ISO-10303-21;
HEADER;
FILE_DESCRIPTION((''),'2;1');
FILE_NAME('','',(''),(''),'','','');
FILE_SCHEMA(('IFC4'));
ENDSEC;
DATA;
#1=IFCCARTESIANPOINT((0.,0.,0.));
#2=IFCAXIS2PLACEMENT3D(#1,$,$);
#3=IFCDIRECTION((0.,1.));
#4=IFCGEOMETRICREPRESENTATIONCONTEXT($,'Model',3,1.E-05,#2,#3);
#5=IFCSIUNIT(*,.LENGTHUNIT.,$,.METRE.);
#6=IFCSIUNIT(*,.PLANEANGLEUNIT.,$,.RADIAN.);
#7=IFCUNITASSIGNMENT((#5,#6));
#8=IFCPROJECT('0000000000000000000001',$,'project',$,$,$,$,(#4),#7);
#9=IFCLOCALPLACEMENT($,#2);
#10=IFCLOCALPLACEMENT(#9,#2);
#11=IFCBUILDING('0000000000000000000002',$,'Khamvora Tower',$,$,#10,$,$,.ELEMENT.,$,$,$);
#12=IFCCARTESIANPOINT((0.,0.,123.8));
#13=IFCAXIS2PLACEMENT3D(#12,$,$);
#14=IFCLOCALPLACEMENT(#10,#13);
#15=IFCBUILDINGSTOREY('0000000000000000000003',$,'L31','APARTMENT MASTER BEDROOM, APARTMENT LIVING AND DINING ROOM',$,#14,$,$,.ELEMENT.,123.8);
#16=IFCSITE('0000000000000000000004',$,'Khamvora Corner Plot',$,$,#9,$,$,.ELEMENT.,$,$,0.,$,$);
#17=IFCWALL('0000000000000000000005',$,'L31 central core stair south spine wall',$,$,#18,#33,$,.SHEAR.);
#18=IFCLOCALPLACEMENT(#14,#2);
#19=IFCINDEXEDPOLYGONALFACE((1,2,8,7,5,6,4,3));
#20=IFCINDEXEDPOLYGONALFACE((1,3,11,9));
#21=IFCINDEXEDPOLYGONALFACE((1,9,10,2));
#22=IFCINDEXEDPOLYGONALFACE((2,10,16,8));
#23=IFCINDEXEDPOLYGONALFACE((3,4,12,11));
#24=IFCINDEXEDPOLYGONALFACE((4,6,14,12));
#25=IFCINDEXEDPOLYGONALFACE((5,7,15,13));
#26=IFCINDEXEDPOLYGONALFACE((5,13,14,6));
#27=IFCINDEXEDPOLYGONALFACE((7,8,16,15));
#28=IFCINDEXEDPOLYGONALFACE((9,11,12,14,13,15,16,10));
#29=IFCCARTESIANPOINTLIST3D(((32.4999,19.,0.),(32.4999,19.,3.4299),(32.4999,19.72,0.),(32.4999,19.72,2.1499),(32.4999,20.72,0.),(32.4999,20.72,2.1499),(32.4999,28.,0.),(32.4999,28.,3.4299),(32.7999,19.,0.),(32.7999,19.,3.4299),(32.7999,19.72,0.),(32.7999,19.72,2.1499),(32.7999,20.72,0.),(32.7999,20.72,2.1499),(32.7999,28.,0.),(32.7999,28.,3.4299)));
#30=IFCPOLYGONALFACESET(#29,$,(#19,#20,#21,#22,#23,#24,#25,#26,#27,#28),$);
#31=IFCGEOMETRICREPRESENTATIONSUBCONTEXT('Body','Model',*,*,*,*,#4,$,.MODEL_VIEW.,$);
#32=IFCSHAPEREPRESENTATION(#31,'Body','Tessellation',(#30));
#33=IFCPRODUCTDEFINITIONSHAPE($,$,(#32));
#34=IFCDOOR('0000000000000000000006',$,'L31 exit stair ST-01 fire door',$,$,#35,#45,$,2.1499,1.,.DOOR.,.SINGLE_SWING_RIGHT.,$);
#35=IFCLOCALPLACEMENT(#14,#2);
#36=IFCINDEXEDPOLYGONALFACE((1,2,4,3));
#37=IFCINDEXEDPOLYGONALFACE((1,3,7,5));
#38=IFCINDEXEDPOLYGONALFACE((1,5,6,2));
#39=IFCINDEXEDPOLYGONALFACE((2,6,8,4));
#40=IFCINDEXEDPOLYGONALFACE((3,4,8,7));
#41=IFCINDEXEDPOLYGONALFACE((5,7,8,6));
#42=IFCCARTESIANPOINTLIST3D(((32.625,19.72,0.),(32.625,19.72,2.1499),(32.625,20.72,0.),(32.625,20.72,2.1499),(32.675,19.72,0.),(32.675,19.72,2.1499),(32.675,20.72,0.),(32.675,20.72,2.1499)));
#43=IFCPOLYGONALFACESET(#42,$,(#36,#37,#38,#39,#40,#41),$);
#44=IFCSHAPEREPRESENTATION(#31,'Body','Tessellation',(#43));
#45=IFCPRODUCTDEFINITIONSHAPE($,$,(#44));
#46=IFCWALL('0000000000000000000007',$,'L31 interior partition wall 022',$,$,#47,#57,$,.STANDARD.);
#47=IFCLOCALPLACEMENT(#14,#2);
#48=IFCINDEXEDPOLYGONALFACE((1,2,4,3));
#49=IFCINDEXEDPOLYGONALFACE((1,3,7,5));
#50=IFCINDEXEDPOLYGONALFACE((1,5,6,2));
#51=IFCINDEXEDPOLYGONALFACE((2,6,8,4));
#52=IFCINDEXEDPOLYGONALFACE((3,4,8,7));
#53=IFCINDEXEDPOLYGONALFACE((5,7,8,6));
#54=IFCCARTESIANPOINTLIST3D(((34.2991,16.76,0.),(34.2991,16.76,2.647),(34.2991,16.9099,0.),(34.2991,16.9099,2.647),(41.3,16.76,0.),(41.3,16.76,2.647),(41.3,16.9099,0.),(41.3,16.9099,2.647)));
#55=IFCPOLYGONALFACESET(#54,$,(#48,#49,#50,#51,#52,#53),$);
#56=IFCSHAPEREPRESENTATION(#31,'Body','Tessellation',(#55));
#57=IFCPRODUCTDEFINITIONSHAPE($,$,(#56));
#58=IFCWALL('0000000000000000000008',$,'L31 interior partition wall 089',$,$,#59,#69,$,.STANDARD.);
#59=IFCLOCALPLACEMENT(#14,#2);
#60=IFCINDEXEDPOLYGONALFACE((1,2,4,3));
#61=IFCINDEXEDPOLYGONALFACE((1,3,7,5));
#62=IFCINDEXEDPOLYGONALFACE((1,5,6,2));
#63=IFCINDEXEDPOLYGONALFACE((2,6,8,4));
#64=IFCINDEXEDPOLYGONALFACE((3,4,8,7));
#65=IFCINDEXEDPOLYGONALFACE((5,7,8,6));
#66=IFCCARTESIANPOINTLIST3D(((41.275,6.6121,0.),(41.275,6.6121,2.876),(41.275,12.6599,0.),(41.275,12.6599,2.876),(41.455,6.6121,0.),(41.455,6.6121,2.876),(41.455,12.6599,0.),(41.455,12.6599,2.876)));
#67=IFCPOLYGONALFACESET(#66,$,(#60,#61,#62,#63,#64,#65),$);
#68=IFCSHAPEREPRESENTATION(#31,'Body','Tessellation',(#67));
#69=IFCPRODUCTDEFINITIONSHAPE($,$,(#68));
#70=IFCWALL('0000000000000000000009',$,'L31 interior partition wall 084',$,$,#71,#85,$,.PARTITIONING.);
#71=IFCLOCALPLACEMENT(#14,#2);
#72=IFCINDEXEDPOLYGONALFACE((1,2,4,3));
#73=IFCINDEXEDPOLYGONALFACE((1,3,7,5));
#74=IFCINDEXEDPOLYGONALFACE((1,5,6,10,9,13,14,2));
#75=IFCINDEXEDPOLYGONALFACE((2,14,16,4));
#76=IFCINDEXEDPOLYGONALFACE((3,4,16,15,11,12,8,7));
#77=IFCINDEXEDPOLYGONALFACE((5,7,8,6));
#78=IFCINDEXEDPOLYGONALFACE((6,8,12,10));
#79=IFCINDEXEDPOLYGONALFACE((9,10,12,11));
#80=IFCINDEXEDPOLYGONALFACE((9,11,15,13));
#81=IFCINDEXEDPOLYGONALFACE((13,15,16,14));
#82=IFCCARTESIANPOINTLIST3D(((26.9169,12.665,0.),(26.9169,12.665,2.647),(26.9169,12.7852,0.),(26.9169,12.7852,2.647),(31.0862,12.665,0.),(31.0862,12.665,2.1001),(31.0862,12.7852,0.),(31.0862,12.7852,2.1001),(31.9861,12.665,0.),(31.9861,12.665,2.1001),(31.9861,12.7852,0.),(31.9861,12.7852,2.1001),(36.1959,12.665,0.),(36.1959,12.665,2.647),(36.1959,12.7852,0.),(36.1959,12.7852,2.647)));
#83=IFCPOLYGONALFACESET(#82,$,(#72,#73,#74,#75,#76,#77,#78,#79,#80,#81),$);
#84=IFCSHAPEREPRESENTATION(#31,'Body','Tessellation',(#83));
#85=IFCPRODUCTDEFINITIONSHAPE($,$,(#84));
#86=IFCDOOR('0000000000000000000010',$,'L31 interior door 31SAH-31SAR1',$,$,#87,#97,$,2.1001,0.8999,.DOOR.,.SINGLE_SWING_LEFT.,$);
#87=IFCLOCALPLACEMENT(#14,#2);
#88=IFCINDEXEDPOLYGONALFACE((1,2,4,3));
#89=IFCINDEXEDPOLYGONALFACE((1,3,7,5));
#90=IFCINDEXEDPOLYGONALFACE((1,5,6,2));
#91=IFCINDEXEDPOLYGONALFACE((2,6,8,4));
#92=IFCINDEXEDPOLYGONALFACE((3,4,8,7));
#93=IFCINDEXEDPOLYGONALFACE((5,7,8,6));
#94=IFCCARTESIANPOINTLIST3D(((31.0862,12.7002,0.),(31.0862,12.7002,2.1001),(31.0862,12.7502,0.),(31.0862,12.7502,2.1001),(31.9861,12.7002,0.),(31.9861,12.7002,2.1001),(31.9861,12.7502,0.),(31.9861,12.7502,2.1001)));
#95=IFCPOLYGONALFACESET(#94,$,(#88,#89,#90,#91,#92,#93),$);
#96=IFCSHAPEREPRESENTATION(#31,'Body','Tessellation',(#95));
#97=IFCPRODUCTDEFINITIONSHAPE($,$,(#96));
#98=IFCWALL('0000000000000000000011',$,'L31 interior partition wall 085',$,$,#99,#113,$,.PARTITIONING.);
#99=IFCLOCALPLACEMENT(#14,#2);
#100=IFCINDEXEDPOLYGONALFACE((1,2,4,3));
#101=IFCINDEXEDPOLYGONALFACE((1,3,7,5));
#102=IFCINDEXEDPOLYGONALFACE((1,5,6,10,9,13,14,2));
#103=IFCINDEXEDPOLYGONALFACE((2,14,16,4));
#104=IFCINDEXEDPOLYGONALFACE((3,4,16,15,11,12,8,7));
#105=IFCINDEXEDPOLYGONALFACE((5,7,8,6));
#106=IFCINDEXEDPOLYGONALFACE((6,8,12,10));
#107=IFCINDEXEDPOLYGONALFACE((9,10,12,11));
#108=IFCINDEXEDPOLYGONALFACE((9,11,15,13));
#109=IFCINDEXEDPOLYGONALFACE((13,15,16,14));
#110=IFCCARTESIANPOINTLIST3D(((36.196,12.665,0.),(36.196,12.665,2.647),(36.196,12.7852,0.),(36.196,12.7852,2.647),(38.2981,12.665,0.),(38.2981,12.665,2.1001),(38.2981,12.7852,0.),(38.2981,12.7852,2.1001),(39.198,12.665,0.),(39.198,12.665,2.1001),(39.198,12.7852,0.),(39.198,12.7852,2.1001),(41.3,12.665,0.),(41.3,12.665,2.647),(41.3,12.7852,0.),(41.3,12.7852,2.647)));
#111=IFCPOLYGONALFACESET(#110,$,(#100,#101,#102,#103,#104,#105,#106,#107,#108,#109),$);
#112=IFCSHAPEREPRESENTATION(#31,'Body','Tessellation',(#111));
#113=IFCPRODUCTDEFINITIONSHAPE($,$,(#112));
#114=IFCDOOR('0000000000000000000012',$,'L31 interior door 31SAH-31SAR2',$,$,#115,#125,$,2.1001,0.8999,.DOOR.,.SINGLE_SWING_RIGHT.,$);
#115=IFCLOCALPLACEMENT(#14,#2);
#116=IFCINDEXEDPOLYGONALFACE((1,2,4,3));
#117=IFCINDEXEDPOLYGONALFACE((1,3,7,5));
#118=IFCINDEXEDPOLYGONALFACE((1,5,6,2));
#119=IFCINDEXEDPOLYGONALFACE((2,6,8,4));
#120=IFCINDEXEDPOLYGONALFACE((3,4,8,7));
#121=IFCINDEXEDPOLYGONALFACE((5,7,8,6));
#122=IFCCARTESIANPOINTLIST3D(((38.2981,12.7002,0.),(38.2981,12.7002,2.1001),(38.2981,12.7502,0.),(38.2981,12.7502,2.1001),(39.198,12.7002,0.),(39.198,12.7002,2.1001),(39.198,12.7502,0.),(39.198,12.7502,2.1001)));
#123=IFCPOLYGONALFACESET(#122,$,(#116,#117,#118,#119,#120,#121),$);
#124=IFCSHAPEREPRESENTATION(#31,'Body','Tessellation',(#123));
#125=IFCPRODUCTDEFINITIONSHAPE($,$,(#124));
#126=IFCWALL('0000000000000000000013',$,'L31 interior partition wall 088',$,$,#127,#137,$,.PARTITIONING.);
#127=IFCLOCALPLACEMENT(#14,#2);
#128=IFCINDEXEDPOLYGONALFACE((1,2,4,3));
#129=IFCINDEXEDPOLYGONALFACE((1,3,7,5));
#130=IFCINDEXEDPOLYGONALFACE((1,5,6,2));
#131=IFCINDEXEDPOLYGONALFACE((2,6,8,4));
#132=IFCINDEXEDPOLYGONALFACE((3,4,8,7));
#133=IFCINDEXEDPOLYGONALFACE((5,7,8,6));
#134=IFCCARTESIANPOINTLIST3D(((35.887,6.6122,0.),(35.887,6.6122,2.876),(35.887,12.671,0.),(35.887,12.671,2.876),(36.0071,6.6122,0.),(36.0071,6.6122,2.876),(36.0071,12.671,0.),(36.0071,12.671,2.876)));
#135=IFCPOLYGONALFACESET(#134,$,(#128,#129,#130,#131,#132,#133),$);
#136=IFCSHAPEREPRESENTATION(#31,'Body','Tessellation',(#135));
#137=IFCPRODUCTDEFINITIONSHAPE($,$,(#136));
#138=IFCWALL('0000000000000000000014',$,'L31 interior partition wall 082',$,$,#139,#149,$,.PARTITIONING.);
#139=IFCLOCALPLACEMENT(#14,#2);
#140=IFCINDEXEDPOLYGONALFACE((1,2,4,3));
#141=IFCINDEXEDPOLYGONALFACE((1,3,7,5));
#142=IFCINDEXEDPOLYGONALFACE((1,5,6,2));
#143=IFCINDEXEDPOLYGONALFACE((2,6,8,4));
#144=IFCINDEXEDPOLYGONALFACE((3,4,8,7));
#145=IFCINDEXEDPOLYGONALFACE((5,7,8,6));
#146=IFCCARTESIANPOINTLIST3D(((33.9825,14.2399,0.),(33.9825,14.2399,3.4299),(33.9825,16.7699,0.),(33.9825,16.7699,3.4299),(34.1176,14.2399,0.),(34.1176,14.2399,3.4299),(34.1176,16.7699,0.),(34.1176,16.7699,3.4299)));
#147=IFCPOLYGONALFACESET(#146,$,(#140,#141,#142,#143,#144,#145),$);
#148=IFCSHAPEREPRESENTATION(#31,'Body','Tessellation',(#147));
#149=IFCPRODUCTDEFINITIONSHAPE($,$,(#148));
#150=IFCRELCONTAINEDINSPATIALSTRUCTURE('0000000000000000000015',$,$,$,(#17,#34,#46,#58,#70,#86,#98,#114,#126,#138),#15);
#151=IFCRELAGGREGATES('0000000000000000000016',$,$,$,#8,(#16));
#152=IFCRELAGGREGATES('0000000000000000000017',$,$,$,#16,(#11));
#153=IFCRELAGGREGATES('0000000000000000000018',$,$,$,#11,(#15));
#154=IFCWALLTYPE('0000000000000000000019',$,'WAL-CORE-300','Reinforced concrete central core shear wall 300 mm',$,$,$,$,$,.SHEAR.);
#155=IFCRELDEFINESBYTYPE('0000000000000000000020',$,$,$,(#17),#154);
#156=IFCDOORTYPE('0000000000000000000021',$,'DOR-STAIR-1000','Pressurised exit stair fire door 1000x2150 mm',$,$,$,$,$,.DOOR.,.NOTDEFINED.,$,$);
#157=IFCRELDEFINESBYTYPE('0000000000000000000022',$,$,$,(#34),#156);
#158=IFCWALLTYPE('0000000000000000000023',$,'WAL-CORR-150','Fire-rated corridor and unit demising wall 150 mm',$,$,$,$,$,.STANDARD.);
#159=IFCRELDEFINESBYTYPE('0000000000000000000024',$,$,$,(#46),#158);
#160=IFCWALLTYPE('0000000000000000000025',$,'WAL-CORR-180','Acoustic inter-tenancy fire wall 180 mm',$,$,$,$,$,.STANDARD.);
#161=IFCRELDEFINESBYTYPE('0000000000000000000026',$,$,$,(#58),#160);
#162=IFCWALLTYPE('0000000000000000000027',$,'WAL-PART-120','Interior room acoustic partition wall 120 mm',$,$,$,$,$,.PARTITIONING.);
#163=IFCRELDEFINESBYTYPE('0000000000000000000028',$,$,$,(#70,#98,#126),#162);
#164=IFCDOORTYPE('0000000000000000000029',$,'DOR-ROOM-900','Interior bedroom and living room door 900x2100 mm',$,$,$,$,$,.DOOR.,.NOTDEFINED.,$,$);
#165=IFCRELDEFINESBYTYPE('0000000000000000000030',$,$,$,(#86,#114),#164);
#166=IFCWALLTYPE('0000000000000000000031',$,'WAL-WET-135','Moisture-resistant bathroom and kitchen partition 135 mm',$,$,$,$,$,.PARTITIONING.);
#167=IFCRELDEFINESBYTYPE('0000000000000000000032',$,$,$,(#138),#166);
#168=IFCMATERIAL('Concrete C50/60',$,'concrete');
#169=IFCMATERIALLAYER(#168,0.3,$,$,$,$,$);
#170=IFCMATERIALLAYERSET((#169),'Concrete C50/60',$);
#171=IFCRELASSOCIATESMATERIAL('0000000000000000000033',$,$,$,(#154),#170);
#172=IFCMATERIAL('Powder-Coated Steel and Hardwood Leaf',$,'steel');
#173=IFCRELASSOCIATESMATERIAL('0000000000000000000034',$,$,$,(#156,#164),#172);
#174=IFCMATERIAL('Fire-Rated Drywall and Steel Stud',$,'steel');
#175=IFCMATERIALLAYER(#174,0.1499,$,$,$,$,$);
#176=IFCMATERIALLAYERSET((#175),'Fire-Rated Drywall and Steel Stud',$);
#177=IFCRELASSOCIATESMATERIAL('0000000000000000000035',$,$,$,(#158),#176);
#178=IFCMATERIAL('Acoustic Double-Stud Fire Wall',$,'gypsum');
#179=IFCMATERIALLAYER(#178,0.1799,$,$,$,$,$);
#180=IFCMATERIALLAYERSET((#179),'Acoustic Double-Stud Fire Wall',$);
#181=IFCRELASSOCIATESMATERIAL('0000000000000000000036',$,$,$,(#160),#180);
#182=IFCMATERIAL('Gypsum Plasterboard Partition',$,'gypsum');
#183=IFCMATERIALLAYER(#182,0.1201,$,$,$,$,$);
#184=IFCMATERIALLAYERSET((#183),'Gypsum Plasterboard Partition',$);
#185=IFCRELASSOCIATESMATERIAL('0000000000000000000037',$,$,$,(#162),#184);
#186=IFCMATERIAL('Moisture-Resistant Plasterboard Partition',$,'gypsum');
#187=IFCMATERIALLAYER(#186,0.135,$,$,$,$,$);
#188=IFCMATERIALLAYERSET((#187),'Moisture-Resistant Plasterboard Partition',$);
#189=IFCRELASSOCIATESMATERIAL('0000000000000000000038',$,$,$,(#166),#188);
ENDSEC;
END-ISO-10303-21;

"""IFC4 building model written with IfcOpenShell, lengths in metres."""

from ifc_helpers import new_model, si_unit, direction, frame, frame_2d, origin, place, context, subcontext, project, spatial, rectangle, extrude, material, layer, layer_set, type_object, element, fill, save


model = new_model("IFC4")

# Units and contexts
model_context = context("Model", 3, precision=1e-05, world=origin(), true_north=direction((0.0, 1.0)))
body_context = subcontext(model_context, "Body", "Model", "MODEL_VIEW")
ifc_project = project(units=[si_unit("LENGTHUNIT", "METRE"), si_unit("PLANEANGLEUNIT", "RADIAN")], contexts=[model_context])

# Site, building, storey
site_placement = place(None, origin())
site = spatial("IfcSite", under=ifc_project, at=site_placement, Name="Khamvora Corner Plot", CompositionType="ELEMENT", RefElevation=0.0)
building_placement = place(site_placement, origin())
building = spatial("IfcBuilding", under=site, at=building_placement, Name="Khamvora Tower", CompositionType="ELEMENT")
storey_placement = place(building_placement, frame((0.0, 0.0, 123.8)))
storey = spatial("IfcBuildingStorey", under=building, at=storey_placement, Name="L31", Description="APARTMENT MASTER BEDROOM, APARTMENT LIVING AND DINING ROOM", CompositionType="ELEMENT", Elevation=123.8)

# Wall, opening, door
ifc_material_1 = material(Name="Concrete C50/60", Category="concrete")
ifc_layer_1 = layer(ifc_material_1, 0.3)
ifc_layer_set_1 = layer_set([ifc_layer_1], Name="Concrete C50/60")
wall_type_1 = type_object("IfcWallType", Name="WAL-CORE-300", Description="Reinforced concrete central core shear wall 300 mm", PredefinedType="SHEAR", material=ifc_layer_set_1)
wall_1_placement = place(storey_placement, frame((32.6499, 19.0, 0.0), z_axis=(0.0, 0.0, 1.0), x_axis=(0.0, 1.0, 0.0)))
wall_1 = element("IfcWall", 1, at=wall_1_placement, inside=storey, type_object=wall_type_1, Name="L31 central core stair south spine wall", PredefinedType="SHEAR", context=body_context, shape_type="SweptSolid", body=[
    extrude(rectangle(XDim=9.0, YDim=0.3, at=frame_2d((4.5, 0.0))), origin(), (0.0, 0.0, 1.0), 3.4299),
])
opening_1_placement = place(wall_1_placement, frame((0.72, 0.0, 0.0)))
opening_1 = element("IfcOpeningElement", 2, at=opening_1_placement, cuts=wall_1, PredefinedType="OPENING", context=body_context, shape_type="SweptSolid", body=[
    extrude(rectangle(XDim=1.0, YDim=2.1499, at=frame_2d((0.5, 1.075))), frame((0.0, 0.1599, 0.0), z_axis=(0.0, -1.0, 0.0), x_axis=(1.0, 0.0, 0.0)), (0.0, 0.0, 1.0), 0.3201),
])
ifc_material_2 = material(Name="Powder-Coated Steel and Hardwood Leaf", Category="steel")
door_type_1 = type_object("IfcDoorType", Name="DOR-STAIR-1000", Description="Pressurised exit stair fire door 1000x2150 mm", OperationType="NOTDEFINED", PredefinedType="DOOR", material=ifc_material_2)
door_1_placement = place(opening_1_placement, origin())
door_1 = element("IfcDoor", 3, at=door_1_placement, inside=storey, type_object=door_type_1, Name="L31 exit stair ST-01 fire door", OperationType="SINGLE_SWING_RIGHT", OverallHeight=2.1499, OverallWidth=1.0, PredefinedType="DOOR", context=body_context, shape_type="SweptSolid", body=[
    extrude(rectangle(XDim=1.0, YDim=2.1499, at=frame_2d((0.5, 1.075))), frame((0.0, 0.0249, 0.0), z_axis=(0.0, -1.0, 0.0), x_axis=(1.0, 0.0, 0.0)), (0.0, 0.0, 1.0), 0.05),
])
fill(opening_1, door_1)
ifc_material_3 = material(Name="Fire-Rated Drywall and Steel Stud", Category="steel")
ifc_layer_2 = layer(ifc_material_3, 0.1499)
ifc_layer_set_2 = layer_set([ifc_layer_2], Name="Fire-Rated Drywall and Steel Stud")
wall_type_2 = type_object("IfcWallType", Name="WAL-CORR-150", Description="Fire-rated corridor and unit demising wall 150 mm", PredefinedType="STANDARD", material=ifc_layer_set_2)

# Walls
wall_2_placement = place(storey_placement, frame((41.3, 16.835, 0.0), z_axis=(0.0, 0.0, 1.0), x_axis=(-1.0, 0.0, 0.0)))
element("IfcWall", 4, at=wall_2_placement, inside=storey, type_object=wall_type_2, Name="L31 interior partition wall 022", PredefinedType="STANDARD", context=body_context, shape_type="SweptSolid", body=[
    extrude(rectangle(XDim=7.001, YDim=0.1499, at=frame_2d((3.5005, 0.0))), origin(), (0.0, 0.0, 1.0), 2.647),
])
ifc_material_4 = material(Name="Acoustic Double-Stud Fire Wall", Category="gypsum")
ifc_layer_3 = layer(ifc_material_4, 0.1799)
ifc_layer_set_3 = layer_set([ifc_layer_3], Name="Acoustic Double-Stud Fire Wall")
wall_type_3 = type_object("IfcWallType", Name="WAL-CORR-180", Description="Acoustic inter-tenancy fire wall 180 mm", PredefinedType="STANDARD", material=ifc_layer_set_3)
wall_3_placement = place(storey_placement, frame((41.365, 12.6599, 0.0), z_axis=(0.0, 0.0, 1.0), x_axis=(0.0, -1.0, 0.0)))
element("IfcWall", 5, at=wall_3_placement, inside=storey, type_object=wall_type_3, Name="L31 interior partition wall 089", PredefinedType="STANDARD", context=body_context, shape_type="SweptSolid", body=[
    extrude(rectangle(XDim=6.0479, YDim=0.1799, at=frame_2d((3.0239, 0.0))), origin(), (0.0, 0.0, 1.0), 2.876),
])

# Walls, openings, doors
ifc_material_5 = material(Name="Gypsum Plasterboard Partition", Category="gypsum")
ifc_layer_4 = layer(ifc_material_5, 0.1201)
ifc_layer_set_4 = layer_set([ifc_layer_4], Name="Gypsum Plasterboard Partition")
wall_type_4 = type_object("IfcWallType", Name="WAL-PART-120", Description="Interior room acoustic partition wall 120 mm", PredefinedType="PARTITIONING", material=ifc_layer_set_4)
wall_4_placement = place(storey_placement, frame((36.196, 12.7251, 0.0), z_axis=(0.0, 0.0, 1.0), x_axis=(-1.0, 0.0, 0.0)))
wall_4 = element("IfcWall", 6, at=wall_4_placement, inside=storey, type_object=wall_type_4, Name="L31 interior partition wall 084", PredefinedType="PARTITIONING", context=body_context, shape_type="SweptSolid", body=[
    extrude(rectangle(XDim=9.2791, YDim=0.1201, at=frame_2d((4.6396, 0.0))), origin(), (0.0, 0.0, 1.0), 2.647),
])
opening_2_placement = place(wall_4_placement, frame((4.21, 0.0, 0.0)))
opening_2 = element("IfcOpeningElement", 7, at=opening_2_placement, cuts=wall_4, PredefinedType="OPENING", context=body_context, shape_type="SweptSolid", body=[
    extrude(rectangle(XDim=0.8999, YDim=2.1001, at=frame_2d((0.45, 1.05))), frame((0.0, 0.0701, 0.0), z_axis=(0.0, -1.0, 0.0), x_axis=(1.0, 0.0, 0.0)), (0.0, 0.0, 1.0), 0.1401),
])
door_type_2 = type_object("IfcDoorType", Name="DOR-ROOM-900", Description="Interior bedroom and living room door 900x2100 mm", OperationType="NOTDEFINED", PredefinedType="DOOR", material=ifc_material_2)
door_2_placement = place(opening_2_placement, origin())
door_2 = element("IfcDoor", 8, at=door_2_placement, inside=storey, type_object=door_type_2, Name="L31 interior door 31SAH-31SAR1", OperationType="SINGLE_SWING_LEFT", OverallHeight=2.1001, OverallWidth=0.8999, PredefinedType="DOOR", context=body_context, shape_type="SweptSolid", body=[
    extrude(rectangle(XDim=0.8999, YDim=2.1001, at=frame_2d((0.45, 1.05))), frame((0.0, 0.0249, 0.0), z_axis=(0.0, -1.0, 0.0), x_axis=(1.0, 0.0, 0.0)), (0.0, 0.0, 1.0), 0.05),
])
fill(opening_2, door_2)
wall_5_placement = place(storey_placement, frame((41.3, 12.7251, 0.0), z_axis=(0.0, 0.0, 1.0), x_axis=(-1.0, 0.0, 0.0)))
wall_5 = element("IfcWall", 9, at=wall_5_placement, inside=storey, type_object=wall_type_4, Name="L31 interior partition wall 085", PredefinedType="PARTITIONING", context=body_context, shape_type="SweptSolid", body=[
    extrude(rectangle(XDim=5.104, YDim=0.1201, at=frame_2d((2.552, 0.0))), origin(), (0.0, 0.0, 1.0), 2.647),
])
opening_3_placement = place(wall_5_placement, frame((2.1021, 0.0, 0.0)))
opening_3 = element("IfcOpeningElement", 10, at=opening_3_placement, cuts=wall_5, PredefinedType="OPENING", context=body_context, shape_type="SweptSolid", body=[
    extrude(rectangle(XDim=0.8999, YDim=2.1001, at=frame_2d((0.45, 1.05))), frame((0.0, 0.0701, 0.0), z_axis=(0.0, -1.0, 0.0), x_axis=(1.0, 0.0, 0.0)), (0.0, 0.0, 1.0), 0.1401),
])
door_3_placement = place(opening_3_placement, origin())
door_3 = element("IfcDoor", 11, at=door_3_placement, inside=storey, type_object=door_type_2, Name="L31 interior door 31SAH-31SAR2", OperationType="SINGLE_SWING_RIGHT", OverallHeight=2.1001, OverallWidth=0.8999, PredefinedType="DOOR", context=body_context, shape_type="SweptSolid", body=[
    extrude(rectangle(XDim=0.8999, YDim=2.1001, at=frame_2d((0.45, 1.05))), frame((0.0, 0.0249, 0.0), z_axis=(0.0, -1.0, 0.0), x_axis=(1.0, 0.0, 0.0)), (0.0, 0.0, 1.0), 0.05),
])
fill(opening_3, door_3)

# Walls
wall_6_placement = place(storey_placement, frame((35.947, 12.6709, 0.0), z_axis=(0.0, 0.0, 1.0), x_axis=(0.0, -1.0, 0.0)))
element("IfcWall", 12, at=wall_6_placement, inside=storey, type_object=wall_type_4, Name="L31 interior partition wall 088", PredefinedType="PARTITIONING", context=body_context, shape_type="SweptSolid", body=[
    extrude(rectangle(XDim=6.0588, YDim=0.1201, at=frame_2d((3.0293, 0.0))), origin(), (0.0, 0.0, 1.0), 2.876),
])
ifc_material_6 = material(Name="Moisture-Resistant Plasterboard Partition", Category="gypsum")
ifc_layer_5 = layer(ifc_material_6, 0.135)
ifc_layer_set_5 = layer_set([ifc_layer_5], Name="Moisture-Resistant Plasterboard Partition")
wall_type_5 = type_object("IfcWallType", Name="WAL-WET-135", Description="Moisture-resistant bathroom and kitchen partition 135 mm", PredefinedType="PARTITIONING", material=ifc_layer_set_5)
wall_7_placement = place(storey_placement, frame((34.05, 16.77, 0.0), z_axis=(0.0, 0.0, 1.0), x_axis=(0.0, -1.0, 0.0)))
element("IfcWall", 13, at=wall_7_placement, inside=storey, type_object=wall_type_5, Name="L31 interior partition wall 082", PredefinedType="PARTITIONING", context=body_context, shape_type="SweptSolid", body=[
    extrude(rectangle(XDim=2.53, YDim=0.135, at=frame_2d((1.2651, 0.0))), origin(), (0.0, 0.0, 1.0), 3.4299),
])

save(model, "model.ifc")
